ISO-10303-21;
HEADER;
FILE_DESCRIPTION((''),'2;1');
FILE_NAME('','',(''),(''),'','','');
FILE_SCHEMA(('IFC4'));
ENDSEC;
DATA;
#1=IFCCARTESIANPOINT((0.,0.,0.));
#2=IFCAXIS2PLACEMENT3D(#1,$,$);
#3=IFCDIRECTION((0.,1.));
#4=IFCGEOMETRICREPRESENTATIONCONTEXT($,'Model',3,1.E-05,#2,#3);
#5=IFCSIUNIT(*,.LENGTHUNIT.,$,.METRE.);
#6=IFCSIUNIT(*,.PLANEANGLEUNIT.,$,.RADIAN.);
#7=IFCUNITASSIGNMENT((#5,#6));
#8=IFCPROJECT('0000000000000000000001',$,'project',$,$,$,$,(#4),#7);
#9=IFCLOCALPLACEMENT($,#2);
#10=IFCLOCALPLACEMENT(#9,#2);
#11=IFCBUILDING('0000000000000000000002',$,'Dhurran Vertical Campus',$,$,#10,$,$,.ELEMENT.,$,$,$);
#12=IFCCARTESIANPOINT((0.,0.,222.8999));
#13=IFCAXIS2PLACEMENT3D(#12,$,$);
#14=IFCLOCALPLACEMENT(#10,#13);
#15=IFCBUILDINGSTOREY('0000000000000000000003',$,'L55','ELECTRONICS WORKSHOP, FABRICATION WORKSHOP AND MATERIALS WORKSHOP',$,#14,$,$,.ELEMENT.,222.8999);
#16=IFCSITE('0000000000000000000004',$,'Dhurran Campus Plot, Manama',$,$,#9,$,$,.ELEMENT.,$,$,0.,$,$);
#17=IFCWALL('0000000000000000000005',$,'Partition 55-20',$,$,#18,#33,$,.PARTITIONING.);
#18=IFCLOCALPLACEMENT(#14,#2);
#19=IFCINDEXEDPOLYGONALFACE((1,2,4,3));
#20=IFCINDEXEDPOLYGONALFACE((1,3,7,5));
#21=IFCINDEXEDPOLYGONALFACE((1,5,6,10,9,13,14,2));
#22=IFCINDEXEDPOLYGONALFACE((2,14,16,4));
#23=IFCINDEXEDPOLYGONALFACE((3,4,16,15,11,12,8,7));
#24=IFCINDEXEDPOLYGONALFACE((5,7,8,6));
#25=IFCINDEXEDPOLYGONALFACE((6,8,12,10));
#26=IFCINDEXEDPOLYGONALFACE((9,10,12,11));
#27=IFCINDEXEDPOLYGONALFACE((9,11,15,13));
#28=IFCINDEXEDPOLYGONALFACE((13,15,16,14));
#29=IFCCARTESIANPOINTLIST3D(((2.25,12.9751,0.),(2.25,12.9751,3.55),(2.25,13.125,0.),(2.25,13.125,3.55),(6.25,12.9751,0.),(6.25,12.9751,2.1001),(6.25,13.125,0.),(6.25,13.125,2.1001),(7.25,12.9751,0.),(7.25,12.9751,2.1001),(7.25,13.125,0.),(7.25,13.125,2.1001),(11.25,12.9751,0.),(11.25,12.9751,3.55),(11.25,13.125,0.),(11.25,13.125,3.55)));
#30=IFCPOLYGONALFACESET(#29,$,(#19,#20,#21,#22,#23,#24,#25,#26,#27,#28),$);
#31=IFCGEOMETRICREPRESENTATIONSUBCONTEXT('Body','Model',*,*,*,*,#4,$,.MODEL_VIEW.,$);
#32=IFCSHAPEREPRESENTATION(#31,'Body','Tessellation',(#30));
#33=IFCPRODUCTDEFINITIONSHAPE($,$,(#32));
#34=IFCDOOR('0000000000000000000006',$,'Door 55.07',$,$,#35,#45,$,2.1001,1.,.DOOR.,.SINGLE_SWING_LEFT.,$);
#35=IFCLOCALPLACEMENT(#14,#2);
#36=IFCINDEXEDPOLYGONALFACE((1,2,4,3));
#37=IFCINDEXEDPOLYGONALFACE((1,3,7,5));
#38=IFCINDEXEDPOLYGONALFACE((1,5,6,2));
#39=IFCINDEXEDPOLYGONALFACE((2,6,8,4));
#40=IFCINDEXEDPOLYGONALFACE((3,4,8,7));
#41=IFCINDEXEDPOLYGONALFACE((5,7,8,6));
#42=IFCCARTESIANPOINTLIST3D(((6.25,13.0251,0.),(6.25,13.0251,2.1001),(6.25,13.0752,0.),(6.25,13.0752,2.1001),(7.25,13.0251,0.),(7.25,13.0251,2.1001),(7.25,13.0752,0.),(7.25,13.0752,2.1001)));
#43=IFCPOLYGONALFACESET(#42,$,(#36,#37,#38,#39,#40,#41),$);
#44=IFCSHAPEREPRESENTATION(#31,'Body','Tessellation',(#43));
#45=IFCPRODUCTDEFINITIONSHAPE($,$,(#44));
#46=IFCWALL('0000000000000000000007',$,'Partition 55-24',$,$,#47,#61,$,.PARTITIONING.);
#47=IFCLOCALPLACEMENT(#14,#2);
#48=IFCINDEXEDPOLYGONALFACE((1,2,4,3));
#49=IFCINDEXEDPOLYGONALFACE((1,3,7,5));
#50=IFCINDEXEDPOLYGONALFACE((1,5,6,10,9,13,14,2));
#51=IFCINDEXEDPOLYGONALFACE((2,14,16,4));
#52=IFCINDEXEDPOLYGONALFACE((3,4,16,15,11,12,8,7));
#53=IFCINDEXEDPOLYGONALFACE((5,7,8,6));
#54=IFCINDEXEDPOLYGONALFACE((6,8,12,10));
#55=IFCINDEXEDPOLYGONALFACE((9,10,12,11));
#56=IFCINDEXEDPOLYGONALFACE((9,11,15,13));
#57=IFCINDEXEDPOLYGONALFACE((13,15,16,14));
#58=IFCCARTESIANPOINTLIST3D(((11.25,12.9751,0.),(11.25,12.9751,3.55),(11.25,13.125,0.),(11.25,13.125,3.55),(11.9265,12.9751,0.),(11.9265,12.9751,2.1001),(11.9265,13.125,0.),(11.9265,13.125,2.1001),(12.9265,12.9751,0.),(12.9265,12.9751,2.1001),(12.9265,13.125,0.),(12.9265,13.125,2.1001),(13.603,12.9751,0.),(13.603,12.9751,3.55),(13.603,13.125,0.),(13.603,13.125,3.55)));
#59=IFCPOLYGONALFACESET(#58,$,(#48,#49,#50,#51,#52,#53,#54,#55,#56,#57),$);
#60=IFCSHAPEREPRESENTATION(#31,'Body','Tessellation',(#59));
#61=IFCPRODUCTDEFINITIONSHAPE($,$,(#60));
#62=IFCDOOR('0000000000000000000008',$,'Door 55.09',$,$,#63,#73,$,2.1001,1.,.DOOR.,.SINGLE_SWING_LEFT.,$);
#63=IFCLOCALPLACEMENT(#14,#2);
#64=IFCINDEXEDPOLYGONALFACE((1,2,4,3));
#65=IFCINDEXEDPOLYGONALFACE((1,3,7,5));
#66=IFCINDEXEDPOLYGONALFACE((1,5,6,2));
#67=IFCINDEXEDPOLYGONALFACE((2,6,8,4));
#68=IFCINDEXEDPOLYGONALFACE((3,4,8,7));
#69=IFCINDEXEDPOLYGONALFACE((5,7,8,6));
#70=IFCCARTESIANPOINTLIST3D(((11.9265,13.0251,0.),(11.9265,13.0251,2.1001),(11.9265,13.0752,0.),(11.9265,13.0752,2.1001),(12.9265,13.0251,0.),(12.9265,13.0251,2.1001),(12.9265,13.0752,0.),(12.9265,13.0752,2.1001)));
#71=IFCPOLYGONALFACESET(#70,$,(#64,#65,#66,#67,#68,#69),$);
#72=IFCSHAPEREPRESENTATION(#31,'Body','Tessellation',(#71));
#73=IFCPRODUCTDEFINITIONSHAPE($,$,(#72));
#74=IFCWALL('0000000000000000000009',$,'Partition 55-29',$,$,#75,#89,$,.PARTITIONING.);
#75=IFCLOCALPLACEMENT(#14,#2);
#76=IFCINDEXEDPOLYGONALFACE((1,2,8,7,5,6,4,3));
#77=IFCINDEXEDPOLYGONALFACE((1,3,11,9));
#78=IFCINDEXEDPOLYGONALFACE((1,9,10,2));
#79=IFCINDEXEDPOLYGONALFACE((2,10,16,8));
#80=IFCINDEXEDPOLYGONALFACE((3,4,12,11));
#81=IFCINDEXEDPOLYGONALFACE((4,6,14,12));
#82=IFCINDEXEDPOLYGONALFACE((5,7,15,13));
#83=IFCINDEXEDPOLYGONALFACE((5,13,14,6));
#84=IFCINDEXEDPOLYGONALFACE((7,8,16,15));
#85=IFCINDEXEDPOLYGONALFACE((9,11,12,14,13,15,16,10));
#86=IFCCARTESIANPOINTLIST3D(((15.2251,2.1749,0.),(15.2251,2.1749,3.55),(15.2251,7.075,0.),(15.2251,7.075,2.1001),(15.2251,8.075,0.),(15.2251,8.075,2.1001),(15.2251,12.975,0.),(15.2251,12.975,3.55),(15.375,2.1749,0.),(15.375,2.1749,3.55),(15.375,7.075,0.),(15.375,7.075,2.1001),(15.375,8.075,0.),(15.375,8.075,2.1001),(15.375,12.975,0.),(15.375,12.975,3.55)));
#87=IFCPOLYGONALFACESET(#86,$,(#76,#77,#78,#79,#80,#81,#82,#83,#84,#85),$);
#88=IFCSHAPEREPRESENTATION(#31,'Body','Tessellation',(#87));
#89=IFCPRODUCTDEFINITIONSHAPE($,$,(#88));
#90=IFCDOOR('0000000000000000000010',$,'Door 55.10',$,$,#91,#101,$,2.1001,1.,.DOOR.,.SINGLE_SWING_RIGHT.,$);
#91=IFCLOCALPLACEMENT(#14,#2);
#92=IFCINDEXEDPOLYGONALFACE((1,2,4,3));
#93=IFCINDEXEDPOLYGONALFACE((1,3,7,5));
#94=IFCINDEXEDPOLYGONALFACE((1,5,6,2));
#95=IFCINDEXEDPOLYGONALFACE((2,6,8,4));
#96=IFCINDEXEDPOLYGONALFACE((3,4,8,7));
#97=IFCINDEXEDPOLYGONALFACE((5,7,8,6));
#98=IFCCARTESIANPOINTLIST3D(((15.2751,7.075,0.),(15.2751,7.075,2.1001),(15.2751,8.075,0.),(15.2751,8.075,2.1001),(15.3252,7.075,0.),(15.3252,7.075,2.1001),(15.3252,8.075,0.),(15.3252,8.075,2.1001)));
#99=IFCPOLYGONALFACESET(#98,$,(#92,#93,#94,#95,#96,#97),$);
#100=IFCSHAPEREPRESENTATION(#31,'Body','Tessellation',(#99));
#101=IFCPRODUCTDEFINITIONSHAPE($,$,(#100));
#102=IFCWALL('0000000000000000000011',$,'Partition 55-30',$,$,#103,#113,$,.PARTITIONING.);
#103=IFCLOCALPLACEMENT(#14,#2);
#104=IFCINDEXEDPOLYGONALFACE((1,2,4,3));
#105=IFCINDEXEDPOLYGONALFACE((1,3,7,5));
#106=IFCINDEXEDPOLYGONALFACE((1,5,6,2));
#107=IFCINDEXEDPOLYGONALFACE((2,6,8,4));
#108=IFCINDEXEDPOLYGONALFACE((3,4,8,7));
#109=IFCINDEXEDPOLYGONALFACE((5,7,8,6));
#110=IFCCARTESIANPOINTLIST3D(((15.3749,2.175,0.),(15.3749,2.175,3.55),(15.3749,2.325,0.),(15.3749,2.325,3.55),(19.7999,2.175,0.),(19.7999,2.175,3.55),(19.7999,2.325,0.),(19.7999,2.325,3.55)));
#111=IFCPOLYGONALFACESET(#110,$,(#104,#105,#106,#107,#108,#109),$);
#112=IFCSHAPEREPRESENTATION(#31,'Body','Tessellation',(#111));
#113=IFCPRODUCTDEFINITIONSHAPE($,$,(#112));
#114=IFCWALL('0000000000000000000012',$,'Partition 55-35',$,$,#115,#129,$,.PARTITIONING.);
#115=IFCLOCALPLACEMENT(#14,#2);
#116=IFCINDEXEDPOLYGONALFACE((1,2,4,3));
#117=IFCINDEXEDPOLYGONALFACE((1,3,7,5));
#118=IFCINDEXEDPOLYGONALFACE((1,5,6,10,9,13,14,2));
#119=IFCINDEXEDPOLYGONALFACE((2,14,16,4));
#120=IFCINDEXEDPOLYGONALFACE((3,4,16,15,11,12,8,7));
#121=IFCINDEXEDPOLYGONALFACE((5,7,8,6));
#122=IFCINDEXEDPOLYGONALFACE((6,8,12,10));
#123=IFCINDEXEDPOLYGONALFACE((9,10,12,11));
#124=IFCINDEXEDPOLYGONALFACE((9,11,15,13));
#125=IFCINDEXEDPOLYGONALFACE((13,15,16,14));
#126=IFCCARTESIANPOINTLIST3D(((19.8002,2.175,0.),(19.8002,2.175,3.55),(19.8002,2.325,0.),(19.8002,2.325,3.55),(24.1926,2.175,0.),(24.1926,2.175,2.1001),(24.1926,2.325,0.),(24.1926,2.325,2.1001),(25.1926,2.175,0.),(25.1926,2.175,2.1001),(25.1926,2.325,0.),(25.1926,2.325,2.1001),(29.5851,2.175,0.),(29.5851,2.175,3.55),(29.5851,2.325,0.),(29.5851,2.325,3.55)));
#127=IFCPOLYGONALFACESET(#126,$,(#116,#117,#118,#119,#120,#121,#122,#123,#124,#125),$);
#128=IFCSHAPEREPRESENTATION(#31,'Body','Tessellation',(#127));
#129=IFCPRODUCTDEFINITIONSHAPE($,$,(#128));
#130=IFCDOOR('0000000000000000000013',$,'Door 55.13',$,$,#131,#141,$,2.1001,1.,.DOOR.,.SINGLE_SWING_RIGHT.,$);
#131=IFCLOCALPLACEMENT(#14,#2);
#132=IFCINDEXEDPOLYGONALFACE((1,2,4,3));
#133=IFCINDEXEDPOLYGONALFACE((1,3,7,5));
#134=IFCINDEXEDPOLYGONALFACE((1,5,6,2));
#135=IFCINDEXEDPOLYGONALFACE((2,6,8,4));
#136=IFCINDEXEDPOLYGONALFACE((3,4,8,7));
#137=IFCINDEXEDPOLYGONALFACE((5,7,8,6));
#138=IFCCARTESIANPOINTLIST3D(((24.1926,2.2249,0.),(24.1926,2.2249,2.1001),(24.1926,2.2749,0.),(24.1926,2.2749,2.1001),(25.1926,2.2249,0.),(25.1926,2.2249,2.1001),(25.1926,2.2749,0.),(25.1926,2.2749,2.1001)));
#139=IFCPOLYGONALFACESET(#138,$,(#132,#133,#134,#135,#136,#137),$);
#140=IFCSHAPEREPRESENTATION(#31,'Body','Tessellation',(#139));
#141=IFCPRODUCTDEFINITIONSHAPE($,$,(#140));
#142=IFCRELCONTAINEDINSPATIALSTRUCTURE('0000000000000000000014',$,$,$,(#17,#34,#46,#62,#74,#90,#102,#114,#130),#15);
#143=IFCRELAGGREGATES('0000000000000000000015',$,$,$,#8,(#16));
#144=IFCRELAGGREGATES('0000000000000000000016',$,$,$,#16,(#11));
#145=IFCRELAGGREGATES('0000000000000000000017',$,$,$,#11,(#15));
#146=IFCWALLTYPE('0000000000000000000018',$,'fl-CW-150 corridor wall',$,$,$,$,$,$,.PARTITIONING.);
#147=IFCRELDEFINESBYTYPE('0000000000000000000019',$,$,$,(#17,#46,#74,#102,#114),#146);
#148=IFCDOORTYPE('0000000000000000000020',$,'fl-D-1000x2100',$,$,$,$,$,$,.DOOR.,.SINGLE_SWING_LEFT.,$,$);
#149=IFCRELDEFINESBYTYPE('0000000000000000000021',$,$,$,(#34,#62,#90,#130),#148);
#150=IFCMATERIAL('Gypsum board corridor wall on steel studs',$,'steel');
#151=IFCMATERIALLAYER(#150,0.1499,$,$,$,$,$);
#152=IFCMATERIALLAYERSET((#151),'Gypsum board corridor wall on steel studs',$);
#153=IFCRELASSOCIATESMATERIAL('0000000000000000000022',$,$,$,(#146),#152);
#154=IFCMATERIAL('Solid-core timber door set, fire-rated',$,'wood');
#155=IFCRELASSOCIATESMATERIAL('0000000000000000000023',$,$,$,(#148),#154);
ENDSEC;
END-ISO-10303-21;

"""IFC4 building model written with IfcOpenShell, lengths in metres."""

from ifc_helpers import new_model, si_unit, direction, frame, frame_2d, origin, place, context, subcontext, project, spatial, rectangle, extrude, material, layer, layer_set, type_object, element, fill, save


model = new_model("IFC4")

# Units and contexts
model_context = context("Model", 3, precision=1e-05, world=origin(), true_north=direction((0.0, 1.0)))
body_context = subcontext(model_context, "Body", "Model", "MODEL_VIEW")
ifc_project = project(units=[si_unit("LENGTHUNIT", "METRE"), si_unit("PLANEANGLEUNIT", "RADIAN")], contexts=[model_context])

# Site, building, storey
site_placement = place(None, origin())
site = spatial("IfcSite", under=ifc_project, at=site_placement, Name="Dhurran Campus Plot, Manama", CompositionType="ELEMENT", RefElevation=0.0)
building_placement = place(site_placement, origin())
building = spatial("IfcBuilding", under=site, at=building_placement, Name="Dhurran Vertical Campus", CompositionType="ELEMENT")
storey_placement = place(building_placement, frame((0.0, 0.0, 222.8999)))
storey = spatial("IfcBuildingStorey", under=building, at=storey_placement, Name="L55", Description="ELECTRONICS WORKSHOP, FABRICATION WORKSHOP AND MATERIALS WORKSHOP", CompositionType="ELEMENT", Elevation=222.8999)

# Walls, openings, doors
ifc_material_1 = material(Name="Gypsum board corridor wall on steel studs", Category="steel")
ifc_layer_1 = layer(ifc_material_1, 0.1499)
ifc_layer_set_1 = layer_set([ifc_layer_1], Name="Gypsum board corridor wall on steel studs")
wall_type_1 = type_object("IfcWallType", Name="fl-CW-150 corridor wall", PredefinedType="PARTITIONING", material=ifc_layer_set_1)
wall_1_placement = place(storey_placement, frame((11.25, 13.05, 0.0), z_axis=(0.0, 0.0, 1.0), x_axis=(-1.0, 0.0, 0.0)))
wall_1 = element("IfcWall", 1, at=wall_1_placement, inside=storey, type_object=wall_type_1, Name="Partition 55-20", PredefinedType="PARTITIONING", context=body_context, shape_type="SweptSolid", body=[
    extrude(rectangle(XDim=9.0, YDim=0.1499, at=frame_2d((4.5, 0.0))), origin(), (0.0, 0.0, 1.0), 3.55),
])
opening_1_placement = place(wall_1_placement, frame((4.0, 0.0, 0.0)))
opening_1 = element("IfcOpeningElement", 2, at=opening_1_placement, cuts=wall_1, PredefinedType="OPENING", context=body_context, shape_type="SweptSolid", body=[
    extrude(rectangle(XDim=1.0, YDim=2.1001, at=frame_2d((0.5, 1.05))), frame((0.0, 0.085, 0.0), z_axis=(0.0, -1.0, 0.0), x_axis=(1.0, 0.0, 0.0)), (0.0, 0.0, 1.0), 0.1699),
])
ifc_material_2 = material(Name="Solid-core timber door set, fire-rated", Category="wood")
door_type = type_object("IfcDoorType", Name="fl-D-1000x2100", OperationType="SINGLE_SWING_LEFT", PredefinedType="DOOR", material=ifc_material_2)
door_1_placement = place(opening_1_placement, origin())
door_1 = element("IfcDoor", 3, at=door_1_placement, inside=storey, type_object=door_type, Name="Door 55.07", OperationType="SINGLE_SWING_LEFT", OverallHeight=2.1001, OverallWidth=1.0, PredefinedType="DOOR", context=body_context, shape_type="SweptSolid", body=[
    extrude(rectangle(XDim=1.0, YDim=2.1001, at=frame_2d((0.5, 1.05))), frame((0.0, 0.0249, 0.0), z_axis=(0.0, -1.0, 0.0), x_axis=(1.0, 0.0, 0.0)), (0.0, 0.0, 1.0), 0.05),
])
fill(opening_1, door_1)
wall_2_placement = place(storey_placement, frame((13.603, 13.05, 0.0), z_axis=(0.0, 0.0, 1.0), x_axis=(-1.0, 0.0, 0.0)))
wall_2 = element("IfcWall", 4, at=wall_2_placement, inside=storey, type_object=wall_type_1, Name="Partition 55-24", PredefinedType="PARTITIONING", context=body_context, shape_type="SweptSolid", body=[
    extrude(rectangle(XDim=2.353, YDim=0.1499, at=frame_2d((1.1765, 0.0))), origin(), (0.0, 0.0, 1.0), 3.55),
])
opening_2_placement = place(wall_2_placement, frame((0.6765, 0.0, 0.0)))
opening_2 = element("IfcOpeningElement", 5, at=opening_2_placement, cuts=wall_2, PredefinedType="OPENING", context=body_context, shape_type="SweptSolid", body=[
    extrude(rectangle(XDim=1.0, YDim=2.1001, at=frame_2d((0.5, 1.05))), frame((0.0, 0.085, 0.0), z_axis=(0.0, -1.0, 0.0), x_axis=(1.0, 0.0, 0.0)), (0.0, 0.0, 1.0), 0.1699),
])
door_2_placement = place(opening_2_placement, origin())
door_2 = element("IfcDoor", 6, at=door_2_placement, inside=storey, type_object=door_type, Name="Door 55.09", OperationType="SINGLE_SWING_LEFT", OverallHeight=2.1001, OverallWidth=1.0, PredefinedType="DOOR", context=body_context, shape_type="SweptSolid", body=[
    extrude(rectangle(XDim=1.0, YDim=2.1001, at=frame_2d((0.5, 1.05))), frame((0.0, 0.0249, 0.0), z_axis=(0.0, -1.0, 0.0), x_axis=(1.0, 0.0, 0.0)), (0.0, 0.0, 1.0), 0.05),
])
fill(opening_2, door_2)
wall_3_placement = place(storey_placement, frame((15.3, 2.175, 0.0), z_axis=(0.0, 0.0, 1.0), x_axis=(0.0, 1.0, 0.0)))
wall_3 = element("IfcWall", 7, at=wall_3_placement, inside=storey, type_object=wall_type_1, Name="Partition 55-29", PredefinedType="PARTITIONING", context=body_context, shape_type="SweptSolid", body=[
    extrude(rectangle(XDim=10.8, YDim=0.1499, at=frame_2d((5.3999, 0.0))), origin(), (0.0, 0.0, 1.0), 3.55),
])
opening_3_placement = place(wall_3_placement, frame((4.8999, 0.0, 0.0)))
opening_3 = element("IfcOpeningElement", 8, at=opening_3_placement, cuts=wall_3, PredefinedType="OPENING", context=body_context, shape_type="SweptSolid", body=[
    extrude(rectangle(XDim=1.0, YDim=2.1001, at=frame_2d((0.5, 1.05))), frame((0.0, 0.085, 0.0), z_axis=(0.0, -1.0, 0.0), x_axis=(1.0, 0.0, 0.0)), (0.0, 0.0, 1.0), 0.1699),
])
door_3_placement = place(opening_3_placement, origin())
door_3 = element("IfcDoor", 9, at=door_3_placement, inside=storey, type_object=door_type, Name="Door 55.10", OperationType="SINGLE_SWING_RIGHT", OverallHeight=2.1001, OverallWidth=1.0, PredefinedType="DOOR", context=body_context, shape_type="SweptSolid", body=[
    extrude(rectangle(XDim=1.0, YDim=2.1001, at=frame_2d((0.5, 1.05))), frame((0.0, 0.0249, 0.0), z_axis=(0.0, -1.0, 0.0), x_axis=(1.0, 0.0, 0.0)), (0.0, 0.0, 1.0), 0.05),
])
fill(opening_3, door_3)

# Wall
wall_4_placement = place(storey_placement, frame((15.375, 2.25, 0.0), z_axis=(0.0, 0.0, 1.0), x_axis=(1.0, 0.0, 0.0)))
element("IfcWall", 10, at=wall_4_placement, inside=storey, type_object=wall_type_1, Name="Partition 55-30", PredefinedType="PARTITIONING", context=body_context, shape_type="SweptSolid", body=[
    extrude(rectangle(XDim=4.425, YDim=0.1499, at=frame_2d((2.2124, 0.0))), origin(), (0.0, 0.0, 1.0), 3.55),
])

# Wall, opening, door
wall_5_placement = place(storey_placement, frame((19.8, 2.25, 0.0), z_axis=(0.0, 0.0, 1.0), x_axis=(1.0, 0.0, 0.0)))
wall_5 = element("IfcWall", 11, at=wall_5_placement, inside=storey, type_object=wall_type_1, Name="Partition 55-35", PredefinedType="PARTITIONING", context=body_context, shape_type="SweptSolid", body=[
    extrude(rectangle(XDim=9.7849, YDim=0.1499, at=frame_2d((4.8926, 0.0))), origin(), (0.0, 0.0, 1.0), 3.55),
])
opening_4_placement = place(wall_5_placement, frame((4.3926, 0.0, 0.0)))
opening_4 = element("IfcOpeningElement", 12, at=opening_4_placement, cuts=wall_5, PredefinedType="OPENING", context=body_context, shape_type="SweptSolid", body=[
    extrude(rectangle(XDim=1.0, YDim=2.1001, at=frame_2d((0.5, 1.05))), frame((0.0, 0.085, 0.0), z_axis=(0.0, -1.0, 0.0), x_axis=(1.0, 0.0, 0.0)), (0.0, 0.0, 1.0), 0.1699),
])
door_4_placement = place(opening_4_placement, origin())
door_4 = element("IfcDoor", 13, at=door_4_placement, inside=storey, type_object=door_type, Name="Door 55.13", OperationType="SINGLE_SWING_RIGHT", OverallHeight=2.1001, OverallWidth=1.0, PredefinedType="DOOR", context=body_context, shape_type="SweptSolid", body=[
    extrude(rectangle(XDim=1.0, YDim=2.1001, at=frame_2d((0.5, 1.05))), frame((0.0, 0.0249, 0.0), z_axis=(0.0, -1.0, 0.0), x_axis=(1.0, 0.0, 0.0)), (0.0, 0.0, 1.0), 0.05),
])
fill(opening_4, door_4)

save(model, "model.ifc")
